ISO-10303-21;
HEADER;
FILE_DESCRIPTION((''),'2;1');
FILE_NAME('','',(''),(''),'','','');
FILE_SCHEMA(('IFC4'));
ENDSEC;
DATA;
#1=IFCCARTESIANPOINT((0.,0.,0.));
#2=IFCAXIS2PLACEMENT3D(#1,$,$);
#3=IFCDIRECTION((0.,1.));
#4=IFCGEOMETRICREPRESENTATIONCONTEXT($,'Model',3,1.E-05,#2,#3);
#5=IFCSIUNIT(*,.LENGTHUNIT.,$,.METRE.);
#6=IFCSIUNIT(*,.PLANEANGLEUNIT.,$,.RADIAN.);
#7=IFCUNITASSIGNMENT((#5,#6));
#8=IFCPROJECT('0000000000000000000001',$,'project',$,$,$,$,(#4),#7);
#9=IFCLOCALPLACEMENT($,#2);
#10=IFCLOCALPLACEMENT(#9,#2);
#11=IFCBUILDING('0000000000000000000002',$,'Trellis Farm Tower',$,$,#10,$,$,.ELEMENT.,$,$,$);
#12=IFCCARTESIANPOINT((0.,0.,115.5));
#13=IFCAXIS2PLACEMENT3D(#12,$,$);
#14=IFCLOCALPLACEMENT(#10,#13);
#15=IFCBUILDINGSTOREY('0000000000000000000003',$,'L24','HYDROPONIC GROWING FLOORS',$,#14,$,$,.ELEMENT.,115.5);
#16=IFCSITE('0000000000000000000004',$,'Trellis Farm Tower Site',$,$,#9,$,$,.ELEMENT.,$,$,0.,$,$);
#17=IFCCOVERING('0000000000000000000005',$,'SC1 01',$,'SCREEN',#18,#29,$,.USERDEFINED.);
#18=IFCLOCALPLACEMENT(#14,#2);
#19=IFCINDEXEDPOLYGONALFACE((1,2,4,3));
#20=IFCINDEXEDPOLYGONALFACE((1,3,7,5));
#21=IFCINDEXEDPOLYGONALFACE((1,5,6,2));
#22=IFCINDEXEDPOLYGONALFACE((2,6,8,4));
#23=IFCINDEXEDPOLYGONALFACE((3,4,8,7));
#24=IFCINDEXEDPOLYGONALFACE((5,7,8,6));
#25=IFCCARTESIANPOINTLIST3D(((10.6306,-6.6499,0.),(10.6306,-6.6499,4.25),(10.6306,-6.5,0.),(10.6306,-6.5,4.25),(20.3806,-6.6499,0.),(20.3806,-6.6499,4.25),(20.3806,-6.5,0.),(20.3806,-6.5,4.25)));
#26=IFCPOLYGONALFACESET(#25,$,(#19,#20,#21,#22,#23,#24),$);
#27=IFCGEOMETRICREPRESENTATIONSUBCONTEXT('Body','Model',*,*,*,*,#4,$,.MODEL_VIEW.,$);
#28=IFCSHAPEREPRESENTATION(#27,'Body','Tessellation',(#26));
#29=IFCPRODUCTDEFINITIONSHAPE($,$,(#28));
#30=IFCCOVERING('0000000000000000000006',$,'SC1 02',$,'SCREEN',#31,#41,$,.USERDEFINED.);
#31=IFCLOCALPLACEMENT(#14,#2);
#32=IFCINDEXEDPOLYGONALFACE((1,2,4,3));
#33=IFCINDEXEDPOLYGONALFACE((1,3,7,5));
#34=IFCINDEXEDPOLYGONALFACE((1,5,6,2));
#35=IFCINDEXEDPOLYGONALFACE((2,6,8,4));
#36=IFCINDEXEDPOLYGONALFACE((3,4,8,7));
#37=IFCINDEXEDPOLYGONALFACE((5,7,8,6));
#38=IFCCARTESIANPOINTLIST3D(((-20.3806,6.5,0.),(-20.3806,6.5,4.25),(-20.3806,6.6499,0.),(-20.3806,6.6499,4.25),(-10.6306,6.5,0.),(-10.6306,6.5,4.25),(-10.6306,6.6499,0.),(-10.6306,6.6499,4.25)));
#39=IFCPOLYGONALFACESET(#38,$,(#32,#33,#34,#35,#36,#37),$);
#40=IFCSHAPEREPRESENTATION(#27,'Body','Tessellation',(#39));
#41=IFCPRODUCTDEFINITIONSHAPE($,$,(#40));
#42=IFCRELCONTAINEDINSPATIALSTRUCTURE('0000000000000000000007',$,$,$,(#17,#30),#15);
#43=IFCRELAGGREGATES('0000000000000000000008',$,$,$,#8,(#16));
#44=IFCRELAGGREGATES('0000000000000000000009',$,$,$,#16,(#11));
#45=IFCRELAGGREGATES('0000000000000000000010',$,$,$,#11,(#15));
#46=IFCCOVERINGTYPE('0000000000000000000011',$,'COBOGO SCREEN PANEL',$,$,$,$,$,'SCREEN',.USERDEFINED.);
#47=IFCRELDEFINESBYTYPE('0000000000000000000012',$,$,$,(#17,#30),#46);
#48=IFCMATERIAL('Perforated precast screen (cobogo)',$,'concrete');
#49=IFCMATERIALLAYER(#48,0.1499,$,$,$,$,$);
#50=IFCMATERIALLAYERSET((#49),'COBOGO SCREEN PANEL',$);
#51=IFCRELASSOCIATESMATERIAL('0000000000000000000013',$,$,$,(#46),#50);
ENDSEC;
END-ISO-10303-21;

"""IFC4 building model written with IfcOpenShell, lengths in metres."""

from ifc_helpers import new_model, si_unit, direction, frame, origin, place, context, subcontext, project, spatial, polyline, outline, extrude, source, transform, mapped, material, layer, layer_set, type_object, element, save


model = new_model("IFC4")

# Units and contexts
model_context = context("Model", 3, precision=1e-05, world=origin(), true_north=direction((0.0, 1.0)))
body_context = subcontext(model_context, "Body", "Model", "MODEL_VIEW")
ifc_project = project(units=[si_unit("LENGTHUNIT", "METRE"), si_unit("PLANEANGLEUNIT", "RADIAN")], contexts=[model_context])

# Site, building, storey
site_placement = place(None, origin())
site = spatial("IfcSite", under=ifc_project, at=site_placement, Name="Trellis Farm Tower Site", CompositionType="ELEMENT", RefElevation=0.0)
building_placement = place(site_placement, origin())
building = spatial("IfcBuilding", under=site, at=building_placement, Name="Trellis Farm Tower", CompositionType="ELEMENT")
storey_placement = place(building_placement, frame((0.0, 0.0, 115.5)))
storey = spatial("IfcBuildingStorey", under=building, at=storey_placement, Name="L24", Description="HYDROPONIC GROWING FLOORS", CompositionType="ELEMENT", Elevation=115.5)

# Shared definitions
placement = place(storey_placement, origin())

# Coverings
ifc_material_1 = material(Name="Perforated precast screen (cobogo)", Category="concrete")
ifc_layer_1 = layer(ifc_material_1, 0.1499)
ifc_layer_set_1 = layer_set([ifc_layer_1], Name="COBOGO SCREEN PANEL")
covering_type = type_object("IfcCoveringType", Name="COBOGO SCREEN PANEL", ElementType="SCREEN", PredefinedType="USERDEFINED", material=ifc_layer_set_1)
shared_shape_1 = source(origin(), body_context, "Body", "SweptSolid", [
    extrude(outline(polyline([(10.6306, -6.6499), (20.3806, -6.6499), (20.3806, -6.5), (10.6306, -6.5), (10.6306, -6.6499)])), origin(), (0.0, 0.0, 1.0), 4.25),
])
element("IfcCovering", 1, at=placement, inside=storey, type_object=covering_type, Name="SC1 01", ObjectType="SCREEN", PredefinedType="USERDEFINED", context=body_context, shape_type="MappedRepresentation", body=[
    mapped(shared_shape_1, transform((0.0, 0.0, 0.0))),
])
shared_shape_2 = source(origin(), body_context, "Body", "SweptSolid", [
    extrude(outline(polyline([(-10.6306, 6.6499), (-20.3806, 6.6499), (-20.3806, 6.5), (-10.6306, 6.5), (-10.6306, 6.6499)])), origin(), (0.0, 0.0, 1.0), 4.25),
])
element("IfcCovering", 2, at=placement, inside=storey, type_object=covering_type, Name="SC1 02", ObjectType="SCREEN", PredefinedType="USERDEFINED", context=body_context, shape_type="MappedRepresentation", body=[
    mapped(shared_shape_2, transform((0.0, 0.0, 0.0))),
])

save(model, "model.ifc")
